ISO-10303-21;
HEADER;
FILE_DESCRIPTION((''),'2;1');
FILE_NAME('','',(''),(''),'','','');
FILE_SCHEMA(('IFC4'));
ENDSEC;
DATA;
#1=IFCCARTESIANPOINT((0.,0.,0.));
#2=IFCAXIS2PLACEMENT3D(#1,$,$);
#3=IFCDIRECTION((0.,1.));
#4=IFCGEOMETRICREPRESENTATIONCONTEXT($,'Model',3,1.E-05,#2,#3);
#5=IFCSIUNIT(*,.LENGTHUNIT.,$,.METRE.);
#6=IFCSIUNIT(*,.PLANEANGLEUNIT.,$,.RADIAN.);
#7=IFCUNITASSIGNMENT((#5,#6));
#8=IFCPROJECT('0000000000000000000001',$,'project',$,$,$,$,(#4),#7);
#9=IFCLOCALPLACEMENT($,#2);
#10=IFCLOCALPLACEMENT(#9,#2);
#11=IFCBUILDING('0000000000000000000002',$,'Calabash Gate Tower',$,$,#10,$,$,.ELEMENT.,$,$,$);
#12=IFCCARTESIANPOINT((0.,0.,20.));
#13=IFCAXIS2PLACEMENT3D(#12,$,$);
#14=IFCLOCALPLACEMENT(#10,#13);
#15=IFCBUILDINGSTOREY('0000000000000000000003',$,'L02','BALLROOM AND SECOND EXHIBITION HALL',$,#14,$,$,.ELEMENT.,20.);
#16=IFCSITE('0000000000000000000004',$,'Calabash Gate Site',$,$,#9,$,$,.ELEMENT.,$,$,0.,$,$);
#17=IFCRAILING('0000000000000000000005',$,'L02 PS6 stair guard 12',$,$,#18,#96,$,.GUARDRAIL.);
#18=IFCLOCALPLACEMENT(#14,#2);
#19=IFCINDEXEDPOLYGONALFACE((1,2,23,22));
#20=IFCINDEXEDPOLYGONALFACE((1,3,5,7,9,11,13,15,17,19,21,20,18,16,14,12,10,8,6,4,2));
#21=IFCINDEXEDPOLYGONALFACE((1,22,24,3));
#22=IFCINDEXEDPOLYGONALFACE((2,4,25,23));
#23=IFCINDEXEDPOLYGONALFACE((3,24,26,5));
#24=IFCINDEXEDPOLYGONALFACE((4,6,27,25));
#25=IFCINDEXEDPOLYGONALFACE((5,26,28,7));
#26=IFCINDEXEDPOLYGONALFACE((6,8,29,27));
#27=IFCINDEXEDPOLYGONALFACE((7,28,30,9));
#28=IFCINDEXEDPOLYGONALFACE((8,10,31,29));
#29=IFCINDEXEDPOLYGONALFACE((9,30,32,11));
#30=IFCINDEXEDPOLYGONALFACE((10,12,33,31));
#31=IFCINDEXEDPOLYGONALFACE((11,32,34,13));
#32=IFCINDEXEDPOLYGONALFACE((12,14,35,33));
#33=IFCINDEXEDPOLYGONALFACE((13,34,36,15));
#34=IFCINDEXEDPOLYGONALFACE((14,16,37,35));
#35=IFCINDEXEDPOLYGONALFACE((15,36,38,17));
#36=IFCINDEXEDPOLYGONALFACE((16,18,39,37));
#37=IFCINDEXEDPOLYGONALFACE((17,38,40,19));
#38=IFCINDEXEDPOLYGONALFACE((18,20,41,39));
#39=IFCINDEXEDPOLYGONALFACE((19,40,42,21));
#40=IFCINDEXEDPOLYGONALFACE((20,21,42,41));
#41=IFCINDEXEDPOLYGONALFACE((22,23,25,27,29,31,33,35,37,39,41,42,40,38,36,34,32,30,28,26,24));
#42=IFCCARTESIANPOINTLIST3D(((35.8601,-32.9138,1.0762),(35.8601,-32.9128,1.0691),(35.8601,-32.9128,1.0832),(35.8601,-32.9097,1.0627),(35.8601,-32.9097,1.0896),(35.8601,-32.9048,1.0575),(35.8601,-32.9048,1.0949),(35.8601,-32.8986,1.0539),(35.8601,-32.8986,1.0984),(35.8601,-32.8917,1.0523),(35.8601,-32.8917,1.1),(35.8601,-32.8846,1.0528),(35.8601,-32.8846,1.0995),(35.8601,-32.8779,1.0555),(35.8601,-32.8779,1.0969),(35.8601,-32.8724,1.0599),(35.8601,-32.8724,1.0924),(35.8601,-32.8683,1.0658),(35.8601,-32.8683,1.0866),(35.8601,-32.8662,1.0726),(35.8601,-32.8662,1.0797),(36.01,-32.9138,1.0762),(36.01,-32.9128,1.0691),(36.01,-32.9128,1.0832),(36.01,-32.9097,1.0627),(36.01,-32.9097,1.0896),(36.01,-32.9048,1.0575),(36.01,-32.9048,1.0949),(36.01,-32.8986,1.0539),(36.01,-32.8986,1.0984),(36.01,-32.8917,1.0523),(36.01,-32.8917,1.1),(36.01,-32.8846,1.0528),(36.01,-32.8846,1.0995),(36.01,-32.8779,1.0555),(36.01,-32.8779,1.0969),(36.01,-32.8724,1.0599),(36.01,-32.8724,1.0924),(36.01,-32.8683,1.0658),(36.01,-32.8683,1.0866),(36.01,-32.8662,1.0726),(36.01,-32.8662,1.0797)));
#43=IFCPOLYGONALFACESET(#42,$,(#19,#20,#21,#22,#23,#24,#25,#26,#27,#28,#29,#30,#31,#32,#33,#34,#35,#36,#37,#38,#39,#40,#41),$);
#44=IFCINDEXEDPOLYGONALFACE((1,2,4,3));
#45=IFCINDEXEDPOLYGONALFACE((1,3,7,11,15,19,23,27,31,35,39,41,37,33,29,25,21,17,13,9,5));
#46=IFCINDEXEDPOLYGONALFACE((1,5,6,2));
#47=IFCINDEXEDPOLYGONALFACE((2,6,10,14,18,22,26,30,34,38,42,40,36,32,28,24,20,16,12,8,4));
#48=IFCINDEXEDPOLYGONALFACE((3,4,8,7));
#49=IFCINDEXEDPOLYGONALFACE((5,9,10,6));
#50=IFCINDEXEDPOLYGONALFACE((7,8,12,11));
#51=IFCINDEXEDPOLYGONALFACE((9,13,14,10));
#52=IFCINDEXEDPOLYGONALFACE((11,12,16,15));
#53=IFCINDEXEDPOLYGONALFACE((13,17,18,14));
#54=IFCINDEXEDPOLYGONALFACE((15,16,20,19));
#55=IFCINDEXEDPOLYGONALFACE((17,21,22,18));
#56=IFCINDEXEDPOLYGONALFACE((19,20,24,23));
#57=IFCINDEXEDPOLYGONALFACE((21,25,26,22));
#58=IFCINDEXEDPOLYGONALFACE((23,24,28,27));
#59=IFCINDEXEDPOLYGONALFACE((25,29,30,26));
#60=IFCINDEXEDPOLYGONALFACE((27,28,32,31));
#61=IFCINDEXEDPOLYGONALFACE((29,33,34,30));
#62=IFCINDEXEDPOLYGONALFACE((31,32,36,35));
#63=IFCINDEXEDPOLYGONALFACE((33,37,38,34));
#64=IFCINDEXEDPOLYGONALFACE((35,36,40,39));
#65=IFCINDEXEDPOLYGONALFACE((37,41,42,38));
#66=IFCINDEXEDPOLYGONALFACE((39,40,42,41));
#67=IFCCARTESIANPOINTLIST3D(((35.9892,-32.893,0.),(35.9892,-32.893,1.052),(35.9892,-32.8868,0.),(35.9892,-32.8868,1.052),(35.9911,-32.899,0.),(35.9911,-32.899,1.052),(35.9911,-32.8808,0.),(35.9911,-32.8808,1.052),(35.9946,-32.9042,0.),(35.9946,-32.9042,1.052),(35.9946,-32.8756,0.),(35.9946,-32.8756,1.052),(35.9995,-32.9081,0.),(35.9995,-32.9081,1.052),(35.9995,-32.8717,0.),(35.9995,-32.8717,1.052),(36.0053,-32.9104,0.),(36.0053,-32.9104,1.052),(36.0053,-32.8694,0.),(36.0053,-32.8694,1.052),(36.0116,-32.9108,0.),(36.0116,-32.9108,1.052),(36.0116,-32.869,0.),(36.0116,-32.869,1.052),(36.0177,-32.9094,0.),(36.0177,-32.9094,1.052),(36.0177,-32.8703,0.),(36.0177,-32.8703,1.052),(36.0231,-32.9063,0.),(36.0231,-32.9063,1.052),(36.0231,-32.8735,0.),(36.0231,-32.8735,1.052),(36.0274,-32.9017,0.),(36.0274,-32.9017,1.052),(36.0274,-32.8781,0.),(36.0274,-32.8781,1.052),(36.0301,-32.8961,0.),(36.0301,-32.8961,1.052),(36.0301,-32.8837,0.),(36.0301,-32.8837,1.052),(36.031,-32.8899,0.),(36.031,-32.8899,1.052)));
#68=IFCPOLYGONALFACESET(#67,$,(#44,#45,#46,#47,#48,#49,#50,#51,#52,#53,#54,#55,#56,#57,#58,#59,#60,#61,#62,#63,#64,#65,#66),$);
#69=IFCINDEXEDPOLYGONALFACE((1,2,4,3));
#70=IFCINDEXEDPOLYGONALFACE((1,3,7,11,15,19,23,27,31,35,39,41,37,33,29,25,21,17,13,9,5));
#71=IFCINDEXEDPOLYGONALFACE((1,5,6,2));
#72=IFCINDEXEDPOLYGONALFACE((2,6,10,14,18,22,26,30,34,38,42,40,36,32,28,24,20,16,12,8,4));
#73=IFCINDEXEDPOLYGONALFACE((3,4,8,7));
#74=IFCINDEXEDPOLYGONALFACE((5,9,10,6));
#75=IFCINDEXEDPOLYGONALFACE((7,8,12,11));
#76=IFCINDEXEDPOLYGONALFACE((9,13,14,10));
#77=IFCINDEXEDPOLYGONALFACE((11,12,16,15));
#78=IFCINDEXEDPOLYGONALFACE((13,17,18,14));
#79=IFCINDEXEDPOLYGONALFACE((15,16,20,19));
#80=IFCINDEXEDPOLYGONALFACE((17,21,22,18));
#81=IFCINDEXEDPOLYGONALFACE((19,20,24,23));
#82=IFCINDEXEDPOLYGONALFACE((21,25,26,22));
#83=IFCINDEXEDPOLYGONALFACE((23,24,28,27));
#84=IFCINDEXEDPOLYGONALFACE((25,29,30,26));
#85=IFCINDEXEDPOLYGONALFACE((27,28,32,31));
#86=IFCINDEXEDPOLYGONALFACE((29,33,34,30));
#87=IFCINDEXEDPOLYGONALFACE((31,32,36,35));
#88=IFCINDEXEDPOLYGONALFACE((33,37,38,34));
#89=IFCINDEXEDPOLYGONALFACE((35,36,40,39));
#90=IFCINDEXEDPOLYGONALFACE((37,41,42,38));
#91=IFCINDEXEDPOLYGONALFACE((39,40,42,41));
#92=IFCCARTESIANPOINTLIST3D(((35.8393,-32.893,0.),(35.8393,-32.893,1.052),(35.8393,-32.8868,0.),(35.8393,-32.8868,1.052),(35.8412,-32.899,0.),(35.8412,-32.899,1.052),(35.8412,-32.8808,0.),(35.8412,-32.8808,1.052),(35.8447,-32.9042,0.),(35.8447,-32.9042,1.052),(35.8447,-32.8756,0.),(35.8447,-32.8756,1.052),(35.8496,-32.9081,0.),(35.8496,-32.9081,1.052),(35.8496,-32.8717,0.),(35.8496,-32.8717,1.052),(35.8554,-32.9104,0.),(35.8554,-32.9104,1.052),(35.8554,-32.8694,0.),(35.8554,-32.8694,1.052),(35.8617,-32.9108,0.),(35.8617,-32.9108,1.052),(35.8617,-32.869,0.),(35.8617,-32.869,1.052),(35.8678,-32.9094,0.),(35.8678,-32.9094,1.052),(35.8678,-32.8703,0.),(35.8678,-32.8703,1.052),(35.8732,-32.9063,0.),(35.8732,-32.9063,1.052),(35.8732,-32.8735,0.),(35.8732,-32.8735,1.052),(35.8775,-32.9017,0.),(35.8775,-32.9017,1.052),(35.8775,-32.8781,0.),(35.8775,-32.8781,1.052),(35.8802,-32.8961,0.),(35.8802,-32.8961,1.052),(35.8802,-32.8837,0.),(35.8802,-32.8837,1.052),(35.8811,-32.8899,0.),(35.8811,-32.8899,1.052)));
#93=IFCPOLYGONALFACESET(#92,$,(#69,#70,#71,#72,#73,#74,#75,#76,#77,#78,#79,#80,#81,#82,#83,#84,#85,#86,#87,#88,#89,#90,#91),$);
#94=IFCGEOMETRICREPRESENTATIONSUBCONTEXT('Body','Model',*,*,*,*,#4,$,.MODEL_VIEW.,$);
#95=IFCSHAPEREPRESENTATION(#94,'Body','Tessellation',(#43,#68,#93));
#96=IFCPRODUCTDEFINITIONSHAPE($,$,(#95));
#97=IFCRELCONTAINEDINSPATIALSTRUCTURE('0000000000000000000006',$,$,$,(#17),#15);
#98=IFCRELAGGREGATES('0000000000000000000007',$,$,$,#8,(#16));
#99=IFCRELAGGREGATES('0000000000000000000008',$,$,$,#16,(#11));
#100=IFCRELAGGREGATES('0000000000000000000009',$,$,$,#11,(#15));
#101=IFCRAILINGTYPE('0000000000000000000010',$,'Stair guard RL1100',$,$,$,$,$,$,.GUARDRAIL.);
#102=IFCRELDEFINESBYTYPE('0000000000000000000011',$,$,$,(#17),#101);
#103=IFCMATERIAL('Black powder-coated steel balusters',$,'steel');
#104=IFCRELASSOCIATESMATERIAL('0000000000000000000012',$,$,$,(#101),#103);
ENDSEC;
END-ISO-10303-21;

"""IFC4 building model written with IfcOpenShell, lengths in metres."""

from ifc_helpers import new_model, si_unit, direction, frame, origin, origin_2d, place, context, subcontext, project, spatial, circle, extrude, material, type_object, element, save


model = new_model("IFC4")

# Units and contexts
model_context = context("Model", 3, precision=1e-05, world=origin(), true_north=direction((0.0, 1.0)))
body_context = subcontext(model_context, "Body", "Model", "MODEL_VIEW")
ifc_project = project(units=[si_unit("LENGTHUNIT", "METRE"), si_unit("PLANEANGLEUNIT", "RADIAN")], contexts=[model_context])

# Site, building, storey
site_placement = place(None, origin())
site = spatial("IfcSite", under=ifc_project, at=site_placement, Name="Calabash Gate Site", CompositionType="ELEMENT", RefElevation=0.0)
building_placement = place(site_placement, origin())
building = spatial("IfcBuilding", under=site, at=building_placement, Name="Calabash Gate Tower", CompositionType="ELEMENT")
storey_placement = place(building_placement, frame((0.0, 0.0, 20.0)))
storey = spatial("IfcBuildingStorey", under=building, at=storey_placement, Name="L02", Description="BALLROOM AND SECOND EXHIBITION HALL", CompositionType="ELEMENT", Elevation=20.0)

# Railing
ifc_material_1 = material(Name="Black powder-coated steel balusters", Category="steel")
railing_type_1 = type_object("IfcRailingType", Name="Stair guard RL1100", PredefinedType="GUARDRAIL", material=ifc_material_1)
railing_1_placement = place(storey_placement, frame((36.01, -32.8899, 0.0)))
element("IfcRailing", 1, at=railing_1_placement, inside=storey, type_object=railing_type_1, Name="L02 PS6 stair guard 12", PredefinedType="GUARDRAIL", context=body_context, shape_type="SweptSolid", body=[
    extrude(circle(Radius=0.0239, at=origin_2d()), frame((0.0, 0.0, 1.0762), z_axis=(-1.0, 0.0, 0.0), x_axis=(0.0, -1.0, 0.0)), (0.0, 0.0, 1.0), 0.1499),
    extrude(circle(Radius=0.021, at=origin_2d()), origin(), (0.0, 0.0, 1.0), 1.052),
    extrude(circle(Radius=0.021, at=origin_2d()), frame((-0.1499, 0.0, 0.0)), (0.0, 0.0, 1.0), 1.052),
])

save(model, "model.ifc")
